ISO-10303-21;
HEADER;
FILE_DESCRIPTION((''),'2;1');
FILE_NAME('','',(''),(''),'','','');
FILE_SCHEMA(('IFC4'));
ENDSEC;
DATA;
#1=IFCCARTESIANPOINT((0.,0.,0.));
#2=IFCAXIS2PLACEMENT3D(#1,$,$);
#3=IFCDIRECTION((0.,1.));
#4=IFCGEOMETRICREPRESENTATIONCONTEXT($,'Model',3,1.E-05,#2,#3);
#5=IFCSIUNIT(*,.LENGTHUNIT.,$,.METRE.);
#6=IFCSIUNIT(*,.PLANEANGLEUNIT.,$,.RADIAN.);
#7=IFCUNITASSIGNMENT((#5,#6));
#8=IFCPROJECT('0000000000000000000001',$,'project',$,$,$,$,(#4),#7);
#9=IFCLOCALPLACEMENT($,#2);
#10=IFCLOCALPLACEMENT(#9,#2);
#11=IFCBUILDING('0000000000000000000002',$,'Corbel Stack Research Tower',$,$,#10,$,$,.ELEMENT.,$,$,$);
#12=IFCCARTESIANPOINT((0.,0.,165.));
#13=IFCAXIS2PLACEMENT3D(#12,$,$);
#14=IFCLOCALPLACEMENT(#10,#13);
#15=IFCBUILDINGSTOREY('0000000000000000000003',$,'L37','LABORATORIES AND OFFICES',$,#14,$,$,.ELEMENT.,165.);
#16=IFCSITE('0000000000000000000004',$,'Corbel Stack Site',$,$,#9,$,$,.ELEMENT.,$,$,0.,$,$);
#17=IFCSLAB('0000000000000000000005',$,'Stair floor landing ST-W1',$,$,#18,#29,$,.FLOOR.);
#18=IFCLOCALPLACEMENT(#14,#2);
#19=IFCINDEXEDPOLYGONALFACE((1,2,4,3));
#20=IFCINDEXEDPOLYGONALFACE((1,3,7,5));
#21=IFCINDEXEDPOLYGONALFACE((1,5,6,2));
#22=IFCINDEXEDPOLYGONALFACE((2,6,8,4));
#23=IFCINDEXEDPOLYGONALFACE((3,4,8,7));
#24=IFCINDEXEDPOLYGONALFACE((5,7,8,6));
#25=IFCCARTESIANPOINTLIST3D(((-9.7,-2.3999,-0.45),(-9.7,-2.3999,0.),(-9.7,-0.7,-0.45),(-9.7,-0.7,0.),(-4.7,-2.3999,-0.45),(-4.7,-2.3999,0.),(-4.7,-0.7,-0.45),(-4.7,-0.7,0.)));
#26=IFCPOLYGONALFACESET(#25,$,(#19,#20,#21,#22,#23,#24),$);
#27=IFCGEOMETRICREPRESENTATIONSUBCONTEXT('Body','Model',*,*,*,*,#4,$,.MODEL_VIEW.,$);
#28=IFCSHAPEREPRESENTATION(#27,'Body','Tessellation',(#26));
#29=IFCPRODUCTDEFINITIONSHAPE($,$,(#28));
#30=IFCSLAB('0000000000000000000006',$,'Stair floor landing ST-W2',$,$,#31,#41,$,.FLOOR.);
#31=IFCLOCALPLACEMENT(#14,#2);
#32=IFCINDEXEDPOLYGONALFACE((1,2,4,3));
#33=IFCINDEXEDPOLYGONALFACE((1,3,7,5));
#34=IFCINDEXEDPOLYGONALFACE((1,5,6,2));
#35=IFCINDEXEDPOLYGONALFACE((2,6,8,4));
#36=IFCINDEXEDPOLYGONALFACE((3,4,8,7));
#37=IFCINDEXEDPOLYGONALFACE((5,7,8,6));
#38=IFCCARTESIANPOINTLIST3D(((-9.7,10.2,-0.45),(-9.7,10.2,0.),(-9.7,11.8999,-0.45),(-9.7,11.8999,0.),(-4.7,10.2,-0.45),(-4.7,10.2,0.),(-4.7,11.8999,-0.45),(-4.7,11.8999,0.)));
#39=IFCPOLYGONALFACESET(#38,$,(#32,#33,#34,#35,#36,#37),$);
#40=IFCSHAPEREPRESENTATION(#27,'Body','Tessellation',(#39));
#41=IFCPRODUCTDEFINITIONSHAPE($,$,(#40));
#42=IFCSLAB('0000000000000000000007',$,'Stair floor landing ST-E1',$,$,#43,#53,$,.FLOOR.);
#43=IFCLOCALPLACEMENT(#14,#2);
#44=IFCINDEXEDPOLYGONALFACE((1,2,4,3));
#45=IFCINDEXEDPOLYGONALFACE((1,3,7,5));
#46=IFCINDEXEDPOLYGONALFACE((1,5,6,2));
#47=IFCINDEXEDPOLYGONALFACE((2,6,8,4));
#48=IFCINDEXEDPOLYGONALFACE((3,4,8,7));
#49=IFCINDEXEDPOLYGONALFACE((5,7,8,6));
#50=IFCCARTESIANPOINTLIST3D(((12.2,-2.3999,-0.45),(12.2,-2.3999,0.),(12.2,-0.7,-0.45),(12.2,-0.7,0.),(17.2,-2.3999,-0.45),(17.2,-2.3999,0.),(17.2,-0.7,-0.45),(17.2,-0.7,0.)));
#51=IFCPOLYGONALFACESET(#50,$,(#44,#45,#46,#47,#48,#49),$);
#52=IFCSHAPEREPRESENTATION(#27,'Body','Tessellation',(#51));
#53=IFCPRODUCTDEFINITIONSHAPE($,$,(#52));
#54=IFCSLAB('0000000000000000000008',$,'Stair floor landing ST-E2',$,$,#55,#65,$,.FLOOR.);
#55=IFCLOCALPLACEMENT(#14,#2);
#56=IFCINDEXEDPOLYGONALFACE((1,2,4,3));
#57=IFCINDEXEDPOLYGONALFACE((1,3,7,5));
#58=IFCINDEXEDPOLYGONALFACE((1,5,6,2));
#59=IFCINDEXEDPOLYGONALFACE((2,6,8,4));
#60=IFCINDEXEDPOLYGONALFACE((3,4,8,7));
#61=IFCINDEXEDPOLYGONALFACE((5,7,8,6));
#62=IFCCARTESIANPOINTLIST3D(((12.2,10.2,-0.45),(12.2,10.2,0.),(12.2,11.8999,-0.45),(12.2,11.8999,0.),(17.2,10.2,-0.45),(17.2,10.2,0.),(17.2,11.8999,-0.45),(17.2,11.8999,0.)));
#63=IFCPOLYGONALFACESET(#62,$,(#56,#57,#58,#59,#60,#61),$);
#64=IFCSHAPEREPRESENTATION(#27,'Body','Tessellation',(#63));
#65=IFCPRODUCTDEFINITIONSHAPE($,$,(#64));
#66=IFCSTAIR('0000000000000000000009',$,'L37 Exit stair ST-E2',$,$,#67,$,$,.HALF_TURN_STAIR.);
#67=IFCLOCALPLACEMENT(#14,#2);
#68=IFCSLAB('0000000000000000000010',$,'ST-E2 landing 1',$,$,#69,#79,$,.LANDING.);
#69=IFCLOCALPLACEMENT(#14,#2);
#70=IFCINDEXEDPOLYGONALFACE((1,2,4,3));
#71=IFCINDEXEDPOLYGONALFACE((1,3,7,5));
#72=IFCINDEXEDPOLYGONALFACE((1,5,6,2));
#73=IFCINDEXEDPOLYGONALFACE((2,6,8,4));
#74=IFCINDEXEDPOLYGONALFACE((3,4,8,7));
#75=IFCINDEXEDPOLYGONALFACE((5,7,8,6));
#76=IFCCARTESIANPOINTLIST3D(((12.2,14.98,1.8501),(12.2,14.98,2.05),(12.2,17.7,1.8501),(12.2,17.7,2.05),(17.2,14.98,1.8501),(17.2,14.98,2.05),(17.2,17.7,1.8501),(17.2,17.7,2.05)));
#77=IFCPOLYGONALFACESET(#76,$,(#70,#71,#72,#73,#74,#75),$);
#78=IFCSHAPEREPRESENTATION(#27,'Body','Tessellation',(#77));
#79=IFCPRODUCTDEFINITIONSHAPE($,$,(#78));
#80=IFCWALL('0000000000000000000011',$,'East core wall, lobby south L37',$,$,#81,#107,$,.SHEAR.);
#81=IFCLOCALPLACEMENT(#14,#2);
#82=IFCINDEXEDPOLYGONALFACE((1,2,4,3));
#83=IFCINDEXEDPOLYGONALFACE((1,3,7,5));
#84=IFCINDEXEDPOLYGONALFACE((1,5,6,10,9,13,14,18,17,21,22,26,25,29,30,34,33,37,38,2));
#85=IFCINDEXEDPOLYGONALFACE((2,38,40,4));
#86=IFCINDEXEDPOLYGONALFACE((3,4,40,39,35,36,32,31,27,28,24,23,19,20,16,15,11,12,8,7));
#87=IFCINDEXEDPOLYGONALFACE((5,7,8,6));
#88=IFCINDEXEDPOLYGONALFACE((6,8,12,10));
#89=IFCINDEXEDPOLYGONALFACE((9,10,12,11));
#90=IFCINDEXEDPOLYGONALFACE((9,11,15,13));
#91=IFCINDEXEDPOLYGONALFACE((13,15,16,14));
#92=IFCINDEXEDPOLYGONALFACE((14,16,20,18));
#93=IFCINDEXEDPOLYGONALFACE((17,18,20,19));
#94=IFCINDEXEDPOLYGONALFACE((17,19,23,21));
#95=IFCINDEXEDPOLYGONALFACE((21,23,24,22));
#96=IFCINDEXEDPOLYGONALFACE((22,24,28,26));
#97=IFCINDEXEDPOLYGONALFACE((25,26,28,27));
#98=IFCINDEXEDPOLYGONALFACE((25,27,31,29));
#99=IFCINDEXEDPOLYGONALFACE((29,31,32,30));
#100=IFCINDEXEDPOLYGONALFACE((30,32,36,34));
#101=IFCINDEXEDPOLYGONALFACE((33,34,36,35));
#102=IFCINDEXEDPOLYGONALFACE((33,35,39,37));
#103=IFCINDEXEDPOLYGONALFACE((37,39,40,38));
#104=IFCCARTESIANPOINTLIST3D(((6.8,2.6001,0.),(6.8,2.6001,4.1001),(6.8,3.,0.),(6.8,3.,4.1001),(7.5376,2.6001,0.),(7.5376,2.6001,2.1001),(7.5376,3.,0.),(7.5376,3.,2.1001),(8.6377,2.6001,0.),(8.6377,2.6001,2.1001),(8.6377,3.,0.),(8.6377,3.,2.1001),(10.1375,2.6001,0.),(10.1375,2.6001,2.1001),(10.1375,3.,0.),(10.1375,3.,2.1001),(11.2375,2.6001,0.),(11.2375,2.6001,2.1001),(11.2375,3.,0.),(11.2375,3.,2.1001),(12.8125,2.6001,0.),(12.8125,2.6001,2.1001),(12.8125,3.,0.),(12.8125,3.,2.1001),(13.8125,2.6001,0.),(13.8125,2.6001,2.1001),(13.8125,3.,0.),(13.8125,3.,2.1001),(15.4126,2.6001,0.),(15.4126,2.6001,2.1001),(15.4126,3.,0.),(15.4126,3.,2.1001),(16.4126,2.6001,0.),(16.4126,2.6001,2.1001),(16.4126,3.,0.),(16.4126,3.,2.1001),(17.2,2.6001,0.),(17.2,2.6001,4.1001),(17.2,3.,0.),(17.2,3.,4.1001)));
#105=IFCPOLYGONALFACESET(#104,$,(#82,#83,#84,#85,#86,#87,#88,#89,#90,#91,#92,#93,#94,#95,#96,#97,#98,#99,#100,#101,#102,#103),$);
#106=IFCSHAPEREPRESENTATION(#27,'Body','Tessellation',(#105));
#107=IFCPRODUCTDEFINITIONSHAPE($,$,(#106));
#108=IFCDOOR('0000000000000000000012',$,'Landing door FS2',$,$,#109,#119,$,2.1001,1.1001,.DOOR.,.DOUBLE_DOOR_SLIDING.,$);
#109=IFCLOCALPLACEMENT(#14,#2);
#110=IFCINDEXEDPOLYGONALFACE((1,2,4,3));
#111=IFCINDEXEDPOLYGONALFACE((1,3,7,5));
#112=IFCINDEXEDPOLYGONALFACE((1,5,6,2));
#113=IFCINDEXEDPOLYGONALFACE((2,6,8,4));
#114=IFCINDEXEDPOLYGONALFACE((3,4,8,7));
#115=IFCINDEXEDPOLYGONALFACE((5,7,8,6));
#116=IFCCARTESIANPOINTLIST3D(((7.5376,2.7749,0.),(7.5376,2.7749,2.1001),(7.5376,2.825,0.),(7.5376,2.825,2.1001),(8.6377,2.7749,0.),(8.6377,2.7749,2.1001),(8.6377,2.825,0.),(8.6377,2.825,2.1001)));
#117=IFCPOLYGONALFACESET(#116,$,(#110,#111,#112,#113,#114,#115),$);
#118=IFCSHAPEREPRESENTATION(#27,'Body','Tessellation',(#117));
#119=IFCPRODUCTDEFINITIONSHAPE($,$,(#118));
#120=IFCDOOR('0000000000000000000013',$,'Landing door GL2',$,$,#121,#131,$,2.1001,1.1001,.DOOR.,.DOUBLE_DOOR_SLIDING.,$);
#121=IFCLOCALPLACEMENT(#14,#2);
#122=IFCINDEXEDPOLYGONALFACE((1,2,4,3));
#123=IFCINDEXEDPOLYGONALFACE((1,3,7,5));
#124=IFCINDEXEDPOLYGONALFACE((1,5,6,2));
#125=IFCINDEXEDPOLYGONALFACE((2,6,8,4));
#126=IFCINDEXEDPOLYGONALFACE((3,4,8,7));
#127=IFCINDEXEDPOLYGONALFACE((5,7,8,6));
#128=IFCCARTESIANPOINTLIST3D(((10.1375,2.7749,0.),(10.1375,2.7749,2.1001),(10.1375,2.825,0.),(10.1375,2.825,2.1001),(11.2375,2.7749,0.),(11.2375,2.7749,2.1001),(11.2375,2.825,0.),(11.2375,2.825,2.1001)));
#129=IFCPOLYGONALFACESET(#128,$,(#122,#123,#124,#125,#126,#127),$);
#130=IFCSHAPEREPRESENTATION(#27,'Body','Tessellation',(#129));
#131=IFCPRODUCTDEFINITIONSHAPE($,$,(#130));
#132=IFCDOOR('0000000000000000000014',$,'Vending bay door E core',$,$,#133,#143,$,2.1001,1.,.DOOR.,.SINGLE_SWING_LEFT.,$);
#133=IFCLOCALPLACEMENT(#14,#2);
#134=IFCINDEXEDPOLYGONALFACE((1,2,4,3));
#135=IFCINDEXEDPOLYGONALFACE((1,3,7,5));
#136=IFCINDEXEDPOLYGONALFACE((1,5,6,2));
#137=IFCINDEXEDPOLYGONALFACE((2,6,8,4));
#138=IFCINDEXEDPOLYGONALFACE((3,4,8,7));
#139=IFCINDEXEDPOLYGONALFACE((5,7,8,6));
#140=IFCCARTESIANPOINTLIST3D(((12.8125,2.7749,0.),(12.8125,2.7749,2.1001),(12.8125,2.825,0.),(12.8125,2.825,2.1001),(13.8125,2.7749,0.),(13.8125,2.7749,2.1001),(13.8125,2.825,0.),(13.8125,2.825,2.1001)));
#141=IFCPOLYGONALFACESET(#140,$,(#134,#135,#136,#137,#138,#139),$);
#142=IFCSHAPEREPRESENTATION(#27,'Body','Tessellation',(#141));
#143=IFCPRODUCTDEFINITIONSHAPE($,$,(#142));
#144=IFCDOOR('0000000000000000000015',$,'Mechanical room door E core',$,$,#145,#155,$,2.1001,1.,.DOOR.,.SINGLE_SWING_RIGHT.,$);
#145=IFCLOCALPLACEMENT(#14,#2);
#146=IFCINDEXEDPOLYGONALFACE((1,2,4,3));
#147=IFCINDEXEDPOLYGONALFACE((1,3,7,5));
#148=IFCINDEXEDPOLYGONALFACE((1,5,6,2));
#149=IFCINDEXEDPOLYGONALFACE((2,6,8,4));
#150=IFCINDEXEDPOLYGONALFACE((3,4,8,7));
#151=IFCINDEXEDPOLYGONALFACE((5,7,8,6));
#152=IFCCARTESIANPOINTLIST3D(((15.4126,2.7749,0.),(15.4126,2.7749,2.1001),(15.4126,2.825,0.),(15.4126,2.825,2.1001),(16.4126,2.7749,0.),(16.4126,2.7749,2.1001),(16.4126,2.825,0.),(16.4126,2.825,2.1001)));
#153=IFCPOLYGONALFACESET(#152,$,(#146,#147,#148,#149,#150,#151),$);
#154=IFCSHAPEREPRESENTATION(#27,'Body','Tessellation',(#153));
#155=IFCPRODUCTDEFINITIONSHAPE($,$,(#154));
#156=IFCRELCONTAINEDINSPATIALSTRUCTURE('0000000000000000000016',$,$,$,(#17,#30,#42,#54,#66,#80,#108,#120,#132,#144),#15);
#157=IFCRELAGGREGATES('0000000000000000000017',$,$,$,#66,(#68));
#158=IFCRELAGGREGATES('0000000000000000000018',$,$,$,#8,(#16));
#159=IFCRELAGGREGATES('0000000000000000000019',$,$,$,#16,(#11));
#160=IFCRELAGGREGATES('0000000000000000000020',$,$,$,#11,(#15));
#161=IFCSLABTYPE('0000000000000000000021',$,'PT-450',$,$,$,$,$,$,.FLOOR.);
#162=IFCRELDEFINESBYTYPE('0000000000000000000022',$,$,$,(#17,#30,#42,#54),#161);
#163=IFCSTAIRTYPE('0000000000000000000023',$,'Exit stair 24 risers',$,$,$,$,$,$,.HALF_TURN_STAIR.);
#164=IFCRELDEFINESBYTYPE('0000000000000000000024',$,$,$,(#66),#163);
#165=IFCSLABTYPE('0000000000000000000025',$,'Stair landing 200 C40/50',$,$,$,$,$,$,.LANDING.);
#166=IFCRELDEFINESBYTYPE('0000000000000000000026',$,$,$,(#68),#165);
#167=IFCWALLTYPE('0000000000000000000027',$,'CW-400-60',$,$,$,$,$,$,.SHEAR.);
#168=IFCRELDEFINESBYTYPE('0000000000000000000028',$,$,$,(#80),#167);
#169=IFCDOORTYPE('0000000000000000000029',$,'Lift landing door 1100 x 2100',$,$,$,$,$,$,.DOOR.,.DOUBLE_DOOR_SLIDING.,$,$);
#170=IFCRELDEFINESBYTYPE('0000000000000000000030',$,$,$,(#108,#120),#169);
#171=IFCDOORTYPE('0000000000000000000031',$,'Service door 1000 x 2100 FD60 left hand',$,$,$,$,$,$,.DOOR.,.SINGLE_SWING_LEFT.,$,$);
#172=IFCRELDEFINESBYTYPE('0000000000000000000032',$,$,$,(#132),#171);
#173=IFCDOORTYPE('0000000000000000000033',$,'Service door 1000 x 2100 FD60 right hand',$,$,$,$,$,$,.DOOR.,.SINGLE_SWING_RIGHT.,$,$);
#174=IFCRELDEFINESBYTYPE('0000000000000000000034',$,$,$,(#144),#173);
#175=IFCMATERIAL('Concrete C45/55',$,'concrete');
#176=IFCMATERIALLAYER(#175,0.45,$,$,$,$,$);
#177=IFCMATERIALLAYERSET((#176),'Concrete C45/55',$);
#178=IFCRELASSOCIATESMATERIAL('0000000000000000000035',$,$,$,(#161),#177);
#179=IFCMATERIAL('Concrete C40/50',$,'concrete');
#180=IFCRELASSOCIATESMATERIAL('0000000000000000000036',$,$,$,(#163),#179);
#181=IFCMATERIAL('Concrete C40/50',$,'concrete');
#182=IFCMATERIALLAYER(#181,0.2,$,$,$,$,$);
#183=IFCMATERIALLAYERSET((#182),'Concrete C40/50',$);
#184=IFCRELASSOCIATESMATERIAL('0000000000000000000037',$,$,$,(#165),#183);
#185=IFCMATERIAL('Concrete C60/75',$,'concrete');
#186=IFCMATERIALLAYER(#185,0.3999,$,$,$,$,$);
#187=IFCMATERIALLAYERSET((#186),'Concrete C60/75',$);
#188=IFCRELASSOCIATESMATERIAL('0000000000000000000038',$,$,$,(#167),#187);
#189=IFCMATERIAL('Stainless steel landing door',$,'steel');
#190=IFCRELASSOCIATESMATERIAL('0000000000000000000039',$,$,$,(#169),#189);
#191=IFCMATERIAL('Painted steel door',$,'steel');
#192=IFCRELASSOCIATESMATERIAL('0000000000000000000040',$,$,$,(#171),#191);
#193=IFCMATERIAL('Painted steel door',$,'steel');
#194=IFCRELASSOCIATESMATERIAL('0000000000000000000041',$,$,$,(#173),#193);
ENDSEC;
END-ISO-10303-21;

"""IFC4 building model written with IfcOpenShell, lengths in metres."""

from ifc_helpers import new_model, si_unit, direction, frame, frame_2d, origin, place, context, subcontext, project, spatial, polyline, rectangle, outline, extrude, material, layer, layer_set, type_object, element, fill, aggregate, save


model = new_model("IFC4")

# Units and contexts
model_context = context("Model", 3, precision=1e-05, world=origin(), true_north=direction((0.0, 1.0)))
body_context = subcontext(model_context, "Body", "Model", "MODEL_VIEW")
ifc_project = project(units=[si_unit("LENGTHUNIT", "METRE"), si_unit("PLANEANGLEUNIT", "RADIAN")], contexts=[model_context])

# Site, building, storey
site_placement = place(None, origin())
site = spatial("IfcSite", under=ifc_project, at=site_placement, Name="Corbel Stack Site", CompositionType="ELEMENT", RefElevation=0.0)
building_placement = place(site_placement, origin())
building = spatial("IfcBuilding", under=site, at=building_placement, Name="Corbel Stack Research Tower", CompositionType="ELEMENT")
storey_placement = place(building_placement, frame((0.0, 0.0, 165.0)))
storey = spatial("IfcBuildingStorey", under=building, at=storey_placement, Name="L37", Description="LABORATORIES AND OFFICES", CompositionType="ELEMENT", Elevation=165.0)

# Slabs
ifc_material_1 = material(Name="Concrete C45/55", Category="concrete")
ifc_layer_1 = layer(ifc_material_1, 0.45)
ifc_layer_set_1 = layer_set([ifc_layer_1], Name="Concrete C45/55")
slab_type_1 = type_object("IfcSlabType", Name="PT-450", PredefinedType="FLOOR", material=ifc_layer_set_1)
slab_1_placement = place(storey_placement, frame((0.0, 0.0, -0.45)))
element("IfcSlab", 1, at=slab_1_placement, inside=storey, type_object=slab_type_1, Name="Stair floor landing ST-W1", PredefinedType="FLOOR", context=body_context, shape_type="SweptSolid", body=[
    extrude(outline(polyline([(-9.7, -2.3999), (-4.7, -2.3999), (-4.7, -0.7), (-9.7, -0.7), (-9.7, -2.3999)])), origin(), (0.0, 0.0, 1.0), 0.45),
])
slab_2_placement = place(storey_placement, frame((0.0, 0.0, -0.45)))
element("IfcSlab", 2, at=slab_2_placement, inside=storey, type_object=slab_type_1, Name="Stair floor landing ST-W2", PredefinedType="FLOOR", context=body_context, shape_type="SweptSolid", body=[
    extrude(outline(polyline([(-9.7, 10.2), (-4.7, 10.2), (-4.7, 11.8999), (-9.7, 11.8999), (-9.7, 10.2)])), origin(), (0.0, 0.0, 1.0), 0.45),
])
slab_3_placement = place(storey_placement, frame((0.0, 0.0, -0.45)))
element("IfcSlab", 3, at=slab_3_placement, inside=storey, type_object=slab_type_1, Name="Stair floor landing ST-E1", PredefinedType="FLOOR", context=body_context, shape_type="SweptSolid", body=[
    extrude(outline(polyline([(12.2, -2.3999), (17.2, -2.3999), (17.2, -0.7), (12.2, -0.7), (12.2, -2.3999)])), origin(), (0.0, 0.0, 1.0), 0.45),
])
slab_4_placement = place(storey_placement, frame((0.0, 0.0, -0.45)))
element("IfcSlab", 4, at=slab_4_placement, inside=storey, type_object=slab_type_1, Name="Stair floor landing ST-E2", PredefinedType="FLOOR", context=body_context, shape_type="SweptSolid", body=[
    extrude(outline(polyline([(12.2, 10.2), (17.2, 10.2), (17.2, 11.8999), (12.2, 11.8999), (12.2, 10.2)])), origin(), (0.0, 0.0, 1.0), 0.45),
])

# Stair, slab
ifc_material_2 = material(Name="Concrete C40/50", Category="concrete")
stair_type = type_object("IfcStairType", Name="Exit stair 24 risers", PredefinedType="HALF_TURN_STAIR", material=ifc_material_2)
stair_placement = place(storey_placement, origin())
stair = element("IfcStair", 5, at=stair_placement, inside=storey, type_object=stair_type, Name="L37 Exit stair ST-E2", PredefinedType="HALF_TURN_STAIR")
ifc_material_3 = material(Name="Concrete C40/50", Category="concrete")
ifc_layer_2 = layer(ifc_material_3, 0.2)
ifc_layer_set_2 = layer_set([ifc_layer_2], Name="Concrete C40/50")
slab_type_2 = type_object("IfcSlabType", Name="Stair landing 200 C40/50", PredefinedType="LANDING", material=ifc_layer_set_2)
slab_5_placement = place(storey_placement, frame((0.0, 0.0, 1.8501)))
slab_5 = element("IfcSlab", 6, at=slab_5_placement, type_object=slab_type_2, Name="ST-E2 landing 1", PredefinedType="LANDING", context=body_context, shape_type="SweptSolid", body=[
    extrude(outline(polyline([(12.2, 14.98), (12.2, 17.7), (17.2, 17.7), (17.2, 14.98), (12.2, 14.98)])), origin(), (0.0, 0.0, 1.0), 0.2),
])
aggregate(stair, [slab_5])

# Wall, openings, doors
ifc_material_4 = material(Name="Concrete C60/75", Category="concrete")
ifc_layer_3 = layer(ifc_material_4, 0.3999)
ifc_layer_set_3 = layer_set([ifc_layer_3], Name="Concrete C60/75")
wall_type_1 = type_object("IfcWallType", Name="CW-400-60", PredefinedType="SHEAR", material=ifc_layer_set_3)
wall_1_placement = place(storey_placement, frame((6.8, 2.8, 0.0), z_axis=(0.0, 0.0, 1.0), x_axis=(1.0, 0.0, 0.0)))
wall_1 = element("IfcWall", 7, at=wall_1_placement, inside=storey, type_object=wall_type_1, Name="East core wall, lobby south L37", PredefinedType="SHEAR", context=body_context, shape_type="SweptSolid", body=[
    extrude(rectangle(XDim=10.3999, YDim=0.3999, at=frame_2d((5.2, 0.0))), origin(), (0.0, 0.0, 1.0), 4.1001),
])
opening_1_placement = place(wall_1_placement, frame((0.7375, 0.0, 0.0)))
opening_1 = element("IfcOpeningElement", 8, at=opening_1_placement, cuts=wall_1, PredefinedType="OPENING", context=body_context, shape_type="SweptSolid", body=[
    extrude(rectangle(XDim=1.1001, YDim=2.1001, at=frame_2d((0.55, 1.05))), frame((0.0, 0.21, 0.0), z_axis=(0.0, -1.0, 0.0), x_axis=(1.0, 0.0, 0.0)), (0.0, 0.0, 1.0), 0.4199),
])
opening_2_placement = place(wall_1_placement, frame((3.3374, 0.0, 0.0)))
opening_2 = element("IfcOpeningElement", 9, at=opening_2_placement, cuts=wall_1, PredefinedType="OPENING", context=body_context, shape_type="SweptSolid", body=[
    extrude(rectangle(XDim=1.1001, YDim=2.1001, at=frame_2d((0.55, 1.05))), frame((0.0, 0.21, 0.0), z_axis=(0.0, -1.0, 0.0), x_axis=(1.0, 0.0, 0.0)), (0.0, 0.0, 1.0), 0.4199),
])
opening_3_placement = place(wall_1_placement, frame((6.0125, 0.0, 0.0)))
opening_3 = element("IfcOpeningElement", 10, at=opening_3_placement, cuts=wall_1, PredefinedType="OPENING", context=body_context, shape_type="SweptSolid", body=[
    extrude(rectangle(XDim=1.0, YDim=2.1001, at=frame_2d((0.5, 1.05))), frame((0.0, 0.21, 0.0), z_axis=(0.0, -1.0, 0.0), x_axis=(1.0, 0.0, 0.0)), (0.0, 0.0, 1.0), 0.4199),
])
opening_4_placement = place(wall_1_placement, frame((8.6125, 0.0, 0.0)))
opening_4 = element("IfcOpeningElement", 11, at=opening_4_placement, cuts=wall_1, PredefinedType="OPENING", context=body_context, shape_type="SweptSolid", body=[
    extrude(rectangle(XDim=1.0, YDim=2.1001, at=frame_2d((0.5, 1.05))), frame((0.0, 0.21, 0.0), z_axis=(0.0, -1.0, 0.0), x_axis=(1.0, 0.0, 0.0)), (0.0, 0.0, 1.0), 0.4199),
])
ifc_material_5 = material(Name="Stainless steel landing door", Category="steel")
door_type_1 = type_object("IfcDoorType", Name="Lift landing door 1100 x 2100", OperationType="DOUBLE_DOOR_SLIDING", PredefinedType="DOOR", material=ifc_material_5)
door_1_placement = place(opening_1_placement, origin())
door_1 = element("IfcDoor", 12, at=door_1_placement, inside=storey, type_object=door_type_1, Name="Landing door FS2", OperationType="DOUBLE_DOOR_SLIDING", OverallHeight=2.1001, OverallWidth=1.1001, PredefinedType="DOOR", context=body_context, shape_type="SweptSolid", body=[
    extrude(rectangle(XDim=1.1001, YDim=2.1001, at=frame_2d((0.55, 1.05))), frame((0.0, 0.0249, 0.0), z_axis=(0.0, -1.0, 0.0), x_axis=(1.0, 0.0, 0.0)), (0.0, 0.0, 1.0), 0.05),
])
fill(opening_1, door_1)
door_2_placement = place(opening_2_placement, origin())
door_2 = element("IfcDoor", 13, at=door_2_placement, inside=storey, type_object=door_type_1, Name="Landing door GL2", OperationType="DOUBLE_DOOR_SLIDING", OverallHeight=2.1001, OverallWidth=1.1001, PredefinedType="DOOR", context=body_context, shape_type="SweptSolid", body=[
    extrude(rectangle(XDim=1.1001, YDim=2.1001, at=frame_2d((0.55, 1.05))), frame((0.0, 0.0249, 0.0), z_axis=(0.0, -1.0, 0.0), x_axis=(1.0, 0.0, 0.0)), (0.0, 0.0, 1.0), 0.05),
])
fill(opening_2, door_2)
ifc_material_6 = material(Name="Painted steel door", Category="steel")
door_type_2 = type_object("IfcDoorType", Name="Service door 1000 x 2100 FD60 left hand", OperationType="SINGLE_SWING_LEFT", PredefinedType="DOOR", material=ifc_material_6)
door_3_placement = place(opening_3_placement, origin())
door_3 = element("IfcDoor", 14, at=door_3_placement, inside=storey, type_object=door_type_2, Name="Vending bay door E core", OperationType="SINGLE_SWING_LEFT", OverallHeight=2.1001, OverallWidth=1.0, PredefinedType="DOOR", context=body_context, shape_type="SweptSolid", body=[
    extrude(rectangle(XDim=1.0, YDim=2.1001, at=frame_2d((0.5, 1.05))), frame((0.0, 0.0249, 0.0), z_axis=(0.0, -1.0, 0.0), x_axis=(1.0, 0.0, 0.0)), (0.0, 0.0, 1.0), 0.05),
])
fill(opening_3, door_3)
ifc_material_7 = material(Name="Painted steel door", Category="steel")
door_type_3 = type_object("IfcDoorType", Name="Service door 1000 x 2100 FD60 right hand", OperationType="SINGLE_SWING_RIGHT", PredefinedType="DOOR", material=ifc_material_7)
door_4_placement = place(opening_4_placement, origin())
door_4 = element("IfcDoor", 15, at=door_4_placement, inside=storey, type_object=door_type_3, Name="Mechanical room door E core", OperationType="SINGLE_SWING_RIGHT", OverallHeight=2.1001, OverallWidth=1.0, PredefinedType="DOOR", context=body_context, shape_type="SweptSolid", body=[
    extrude(rectangle(XDim=1.0, YDim=2.1001, at=frame_2d((0.5, 1.05))), frame((0.0, 0.0249, 0.0), z_axis=(0.0, -1.0, 0.0), x_axis=(1.0, 0.0, 0.0)), (0.0, 0.0, 1.0), 0.05),
])
fill(opening_4, door_4)

save(model, "model.ifc")
